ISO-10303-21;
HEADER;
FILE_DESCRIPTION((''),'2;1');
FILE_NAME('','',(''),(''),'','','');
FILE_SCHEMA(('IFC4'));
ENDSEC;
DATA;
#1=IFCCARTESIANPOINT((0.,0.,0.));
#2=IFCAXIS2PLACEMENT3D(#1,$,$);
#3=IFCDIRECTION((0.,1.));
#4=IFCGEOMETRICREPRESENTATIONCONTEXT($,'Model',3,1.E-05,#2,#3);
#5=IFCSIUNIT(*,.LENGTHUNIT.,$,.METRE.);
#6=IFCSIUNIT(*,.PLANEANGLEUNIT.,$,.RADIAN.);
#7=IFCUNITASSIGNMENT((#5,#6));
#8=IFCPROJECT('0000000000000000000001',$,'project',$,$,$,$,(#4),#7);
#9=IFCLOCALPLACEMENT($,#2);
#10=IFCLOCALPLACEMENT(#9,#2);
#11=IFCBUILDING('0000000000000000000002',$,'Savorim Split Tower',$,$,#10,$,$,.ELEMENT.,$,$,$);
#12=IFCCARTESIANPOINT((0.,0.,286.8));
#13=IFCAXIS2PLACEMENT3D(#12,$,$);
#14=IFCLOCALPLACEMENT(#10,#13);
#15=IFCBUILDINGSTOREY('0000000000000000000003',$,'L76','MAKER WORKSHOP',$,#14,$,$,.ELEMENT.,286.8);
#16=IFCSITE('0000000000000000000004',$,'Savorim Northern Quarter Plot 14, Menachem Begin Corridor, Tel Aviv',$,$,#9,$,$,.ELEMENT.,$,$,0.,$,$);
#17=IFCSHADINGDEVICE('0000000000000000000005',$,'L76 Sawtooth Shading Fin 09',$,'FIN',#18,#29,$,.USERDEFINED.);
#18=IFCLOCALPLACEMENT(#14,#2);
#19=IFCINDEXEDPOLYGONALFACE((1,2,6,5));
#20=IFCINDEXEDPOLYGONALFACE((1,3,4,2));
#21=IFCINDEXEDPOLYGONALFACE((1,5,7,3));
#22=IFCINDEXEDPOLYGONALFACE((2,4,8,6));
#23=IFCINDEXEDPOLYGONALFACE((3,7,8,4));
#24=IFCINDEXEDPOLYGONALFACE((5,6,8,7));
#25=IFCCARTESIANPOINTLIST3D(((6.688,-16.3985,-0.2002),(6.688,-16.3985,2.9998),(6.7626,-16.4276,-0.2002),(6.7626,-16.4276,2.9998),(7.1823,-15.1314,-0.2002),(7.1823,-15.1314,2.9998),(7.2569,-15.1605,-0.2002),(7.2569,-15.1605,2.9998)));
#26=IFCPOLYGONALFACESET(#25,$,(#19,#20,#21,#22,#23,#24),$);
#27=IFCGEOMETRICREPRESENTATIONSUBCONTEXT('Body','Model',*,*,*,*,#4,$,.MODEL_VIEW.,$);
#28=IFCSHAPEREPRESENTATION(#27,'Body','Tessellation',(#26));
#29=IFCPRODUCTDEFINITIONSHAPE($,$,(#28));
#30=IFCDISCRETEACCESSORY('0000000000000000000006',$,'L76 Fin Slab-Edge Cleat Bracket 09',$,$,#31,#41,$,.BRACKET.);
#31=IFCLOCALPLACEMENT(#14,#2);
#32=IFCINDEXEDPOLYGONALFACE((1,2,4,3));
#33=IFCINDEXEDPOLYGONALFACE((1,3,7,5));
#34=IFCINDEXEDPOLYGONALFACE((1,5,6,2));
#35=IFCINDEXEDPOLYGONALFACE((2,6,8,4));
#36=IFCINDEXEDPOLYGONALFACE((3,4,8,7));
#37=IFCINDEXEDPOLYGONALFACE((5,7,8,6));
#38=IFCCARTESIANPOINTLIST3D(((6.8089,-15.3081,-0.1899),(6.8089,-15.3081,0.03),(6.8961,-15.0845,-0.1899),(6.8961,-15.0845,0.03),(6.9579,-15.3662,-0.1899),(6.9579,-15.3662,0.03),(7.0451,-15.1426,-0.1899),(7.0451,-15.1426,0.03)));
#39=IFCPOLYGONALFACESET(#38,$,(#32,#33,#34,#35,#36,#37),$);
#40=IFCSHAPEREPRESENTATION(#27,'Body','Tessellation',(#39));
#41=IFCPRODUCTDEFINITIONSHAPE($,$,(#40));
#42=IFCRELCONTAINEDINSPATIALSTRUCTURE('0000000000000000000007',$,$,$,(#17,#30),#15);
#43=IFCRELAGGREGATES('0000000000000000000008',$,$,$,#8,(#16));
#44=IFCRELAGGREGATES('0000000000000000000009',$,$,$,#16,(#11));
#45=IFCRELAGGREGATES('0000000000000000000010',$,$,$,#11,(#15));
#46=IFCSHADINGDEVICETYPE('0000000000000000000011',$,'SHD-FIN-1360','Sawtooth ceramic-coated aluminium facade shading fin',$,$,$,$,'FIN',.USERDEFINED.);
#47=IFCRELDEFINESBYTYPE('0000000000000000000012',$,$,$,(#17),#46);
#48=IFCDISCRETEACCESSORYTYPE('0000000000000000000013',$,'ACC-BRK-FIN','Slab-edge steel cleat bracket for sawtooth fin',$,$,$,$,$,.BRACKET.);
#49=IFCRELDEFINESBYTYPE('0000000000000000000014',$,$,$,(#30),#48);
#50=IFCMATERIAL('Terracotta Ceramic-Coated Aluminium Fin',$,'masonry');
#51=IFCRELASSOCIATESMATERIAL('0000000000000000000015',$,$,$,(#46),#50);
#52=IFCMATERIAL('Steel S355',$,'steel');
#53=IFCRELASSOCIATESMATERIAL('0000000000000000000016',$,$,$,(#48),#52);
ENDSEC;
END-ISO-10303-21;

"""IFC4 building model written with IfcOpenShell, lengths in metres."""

from ifc_helpers import new_model, si_unit, direction, frame, origin, origin_2d, place, context, subcontext, project, spatial, rectangle, extrude, material, type_object, element, save


model = new_model("IFC4")

# Units and contexts
model_context = context("Model", 3, precision=1e-05, world=origin(), true_north=direction((0.0, 1.0)))
body_context = subcontext(model_context, "Body", "Model", "MODEL_VIEW")
ifc_project = project(units=[si_unit("LENGTHUNIT", "METRE"), si_unit("PLANEANGLEUNIT", "RADIAN")], contexts=[model_context])

# Site, building, storey
site_placement = place(None, origin())
site = spatial("IfcSite", under=ifc_project, at=site_placement, Name="Savorim Northern Quarter Plot 14, Menachem Begin Corridor, Tel Aviv", CompositionType="ELEMENT", RefElevation=0.0)
building_placement = place(site_placement, origin())
building = spatial("IfcBuilding", under=site, at=building_placement, Name="Savorim Split Tower", CompositionType="ELEMENT")
storey_placement = place(building_placement, frame((0.0, 0.0, 286.8)))
storey = spatial("IfcBuildingStorey", under=building, at=storey_placement, Name="L76", Description="MAKER WORKSHOP", CompositionType="ELEMENT", Elevation=286.8)

# Shared definitions
ifc_material_1 = material(Name="Steel S355", Category="steel")

# Shading device
ifc_material_2 = material(Name="Terracotta Ceramic-Coated Aluminium Fin", Category="masonry")
shading_device_type = type_object("IfcShadingDeviceType", Name="SHD-FIN-1360", Description="Sawtooth ceramic-coated aluminium facade shading fin", ElementType="FIN", PredefinedType="USERDEFINED", material=ifc_material_2)
shading_device_placement = place(storey_placement, frame((6.9724, -15.7795, -0.2002), z_axis=(0.0, 0.0, 1.0), x_axis=(-0.363415, -0.931627, 0.0)))
element("IfcShadingDevice", 1, at=shading_device_placement, inside=storey, type_object=shading_device_type, Name="L76 Sawtooth Shading Fin 09", ObjectType="FIN", PredefinedType="USERDEFINED", context=body_context, shape_type="SweptSolid", body=[
    extrude(rectangle(XDim=1.3601, YDim=0.0801, at=origin_2d()), origin(), (0.0, 0.0, 1.0), 3.2),
])

# Discrete accessory
discrete_accessory_type = type_object("IfcDiscreteAccessoryType", Name="ACC-BRK-FIN", Description="Slab-edge steel cleat bracket for sawtooth fin", PredefinedType="BRACKET", material=ifc_material_1)
discrete_accessory_placement = place(storey_placement, frame((6.927, -15.2253, -0.1899), z_axis=(0.0, 0.0, 1.0), x_axis=(-0.363415, -0.931627, 0.0)))
element("IfcDiscreteAccessory", 2, at=discrete_accessory_placement, inside=storey, type_object=discrete_accessory_type, Name="L76 Fin Slab-Edge Cleat Bracket 09", PredefinedType="BRACKET", context=body_context, shape_type="SweptSolid", body=[
    extrude(rectangle(XDim=0.24, YDim=0.1599, at=origin_2d()), origin(), (0.0, 0.0, 1.0), 0.22),
])

save(model, "model.ifc")
